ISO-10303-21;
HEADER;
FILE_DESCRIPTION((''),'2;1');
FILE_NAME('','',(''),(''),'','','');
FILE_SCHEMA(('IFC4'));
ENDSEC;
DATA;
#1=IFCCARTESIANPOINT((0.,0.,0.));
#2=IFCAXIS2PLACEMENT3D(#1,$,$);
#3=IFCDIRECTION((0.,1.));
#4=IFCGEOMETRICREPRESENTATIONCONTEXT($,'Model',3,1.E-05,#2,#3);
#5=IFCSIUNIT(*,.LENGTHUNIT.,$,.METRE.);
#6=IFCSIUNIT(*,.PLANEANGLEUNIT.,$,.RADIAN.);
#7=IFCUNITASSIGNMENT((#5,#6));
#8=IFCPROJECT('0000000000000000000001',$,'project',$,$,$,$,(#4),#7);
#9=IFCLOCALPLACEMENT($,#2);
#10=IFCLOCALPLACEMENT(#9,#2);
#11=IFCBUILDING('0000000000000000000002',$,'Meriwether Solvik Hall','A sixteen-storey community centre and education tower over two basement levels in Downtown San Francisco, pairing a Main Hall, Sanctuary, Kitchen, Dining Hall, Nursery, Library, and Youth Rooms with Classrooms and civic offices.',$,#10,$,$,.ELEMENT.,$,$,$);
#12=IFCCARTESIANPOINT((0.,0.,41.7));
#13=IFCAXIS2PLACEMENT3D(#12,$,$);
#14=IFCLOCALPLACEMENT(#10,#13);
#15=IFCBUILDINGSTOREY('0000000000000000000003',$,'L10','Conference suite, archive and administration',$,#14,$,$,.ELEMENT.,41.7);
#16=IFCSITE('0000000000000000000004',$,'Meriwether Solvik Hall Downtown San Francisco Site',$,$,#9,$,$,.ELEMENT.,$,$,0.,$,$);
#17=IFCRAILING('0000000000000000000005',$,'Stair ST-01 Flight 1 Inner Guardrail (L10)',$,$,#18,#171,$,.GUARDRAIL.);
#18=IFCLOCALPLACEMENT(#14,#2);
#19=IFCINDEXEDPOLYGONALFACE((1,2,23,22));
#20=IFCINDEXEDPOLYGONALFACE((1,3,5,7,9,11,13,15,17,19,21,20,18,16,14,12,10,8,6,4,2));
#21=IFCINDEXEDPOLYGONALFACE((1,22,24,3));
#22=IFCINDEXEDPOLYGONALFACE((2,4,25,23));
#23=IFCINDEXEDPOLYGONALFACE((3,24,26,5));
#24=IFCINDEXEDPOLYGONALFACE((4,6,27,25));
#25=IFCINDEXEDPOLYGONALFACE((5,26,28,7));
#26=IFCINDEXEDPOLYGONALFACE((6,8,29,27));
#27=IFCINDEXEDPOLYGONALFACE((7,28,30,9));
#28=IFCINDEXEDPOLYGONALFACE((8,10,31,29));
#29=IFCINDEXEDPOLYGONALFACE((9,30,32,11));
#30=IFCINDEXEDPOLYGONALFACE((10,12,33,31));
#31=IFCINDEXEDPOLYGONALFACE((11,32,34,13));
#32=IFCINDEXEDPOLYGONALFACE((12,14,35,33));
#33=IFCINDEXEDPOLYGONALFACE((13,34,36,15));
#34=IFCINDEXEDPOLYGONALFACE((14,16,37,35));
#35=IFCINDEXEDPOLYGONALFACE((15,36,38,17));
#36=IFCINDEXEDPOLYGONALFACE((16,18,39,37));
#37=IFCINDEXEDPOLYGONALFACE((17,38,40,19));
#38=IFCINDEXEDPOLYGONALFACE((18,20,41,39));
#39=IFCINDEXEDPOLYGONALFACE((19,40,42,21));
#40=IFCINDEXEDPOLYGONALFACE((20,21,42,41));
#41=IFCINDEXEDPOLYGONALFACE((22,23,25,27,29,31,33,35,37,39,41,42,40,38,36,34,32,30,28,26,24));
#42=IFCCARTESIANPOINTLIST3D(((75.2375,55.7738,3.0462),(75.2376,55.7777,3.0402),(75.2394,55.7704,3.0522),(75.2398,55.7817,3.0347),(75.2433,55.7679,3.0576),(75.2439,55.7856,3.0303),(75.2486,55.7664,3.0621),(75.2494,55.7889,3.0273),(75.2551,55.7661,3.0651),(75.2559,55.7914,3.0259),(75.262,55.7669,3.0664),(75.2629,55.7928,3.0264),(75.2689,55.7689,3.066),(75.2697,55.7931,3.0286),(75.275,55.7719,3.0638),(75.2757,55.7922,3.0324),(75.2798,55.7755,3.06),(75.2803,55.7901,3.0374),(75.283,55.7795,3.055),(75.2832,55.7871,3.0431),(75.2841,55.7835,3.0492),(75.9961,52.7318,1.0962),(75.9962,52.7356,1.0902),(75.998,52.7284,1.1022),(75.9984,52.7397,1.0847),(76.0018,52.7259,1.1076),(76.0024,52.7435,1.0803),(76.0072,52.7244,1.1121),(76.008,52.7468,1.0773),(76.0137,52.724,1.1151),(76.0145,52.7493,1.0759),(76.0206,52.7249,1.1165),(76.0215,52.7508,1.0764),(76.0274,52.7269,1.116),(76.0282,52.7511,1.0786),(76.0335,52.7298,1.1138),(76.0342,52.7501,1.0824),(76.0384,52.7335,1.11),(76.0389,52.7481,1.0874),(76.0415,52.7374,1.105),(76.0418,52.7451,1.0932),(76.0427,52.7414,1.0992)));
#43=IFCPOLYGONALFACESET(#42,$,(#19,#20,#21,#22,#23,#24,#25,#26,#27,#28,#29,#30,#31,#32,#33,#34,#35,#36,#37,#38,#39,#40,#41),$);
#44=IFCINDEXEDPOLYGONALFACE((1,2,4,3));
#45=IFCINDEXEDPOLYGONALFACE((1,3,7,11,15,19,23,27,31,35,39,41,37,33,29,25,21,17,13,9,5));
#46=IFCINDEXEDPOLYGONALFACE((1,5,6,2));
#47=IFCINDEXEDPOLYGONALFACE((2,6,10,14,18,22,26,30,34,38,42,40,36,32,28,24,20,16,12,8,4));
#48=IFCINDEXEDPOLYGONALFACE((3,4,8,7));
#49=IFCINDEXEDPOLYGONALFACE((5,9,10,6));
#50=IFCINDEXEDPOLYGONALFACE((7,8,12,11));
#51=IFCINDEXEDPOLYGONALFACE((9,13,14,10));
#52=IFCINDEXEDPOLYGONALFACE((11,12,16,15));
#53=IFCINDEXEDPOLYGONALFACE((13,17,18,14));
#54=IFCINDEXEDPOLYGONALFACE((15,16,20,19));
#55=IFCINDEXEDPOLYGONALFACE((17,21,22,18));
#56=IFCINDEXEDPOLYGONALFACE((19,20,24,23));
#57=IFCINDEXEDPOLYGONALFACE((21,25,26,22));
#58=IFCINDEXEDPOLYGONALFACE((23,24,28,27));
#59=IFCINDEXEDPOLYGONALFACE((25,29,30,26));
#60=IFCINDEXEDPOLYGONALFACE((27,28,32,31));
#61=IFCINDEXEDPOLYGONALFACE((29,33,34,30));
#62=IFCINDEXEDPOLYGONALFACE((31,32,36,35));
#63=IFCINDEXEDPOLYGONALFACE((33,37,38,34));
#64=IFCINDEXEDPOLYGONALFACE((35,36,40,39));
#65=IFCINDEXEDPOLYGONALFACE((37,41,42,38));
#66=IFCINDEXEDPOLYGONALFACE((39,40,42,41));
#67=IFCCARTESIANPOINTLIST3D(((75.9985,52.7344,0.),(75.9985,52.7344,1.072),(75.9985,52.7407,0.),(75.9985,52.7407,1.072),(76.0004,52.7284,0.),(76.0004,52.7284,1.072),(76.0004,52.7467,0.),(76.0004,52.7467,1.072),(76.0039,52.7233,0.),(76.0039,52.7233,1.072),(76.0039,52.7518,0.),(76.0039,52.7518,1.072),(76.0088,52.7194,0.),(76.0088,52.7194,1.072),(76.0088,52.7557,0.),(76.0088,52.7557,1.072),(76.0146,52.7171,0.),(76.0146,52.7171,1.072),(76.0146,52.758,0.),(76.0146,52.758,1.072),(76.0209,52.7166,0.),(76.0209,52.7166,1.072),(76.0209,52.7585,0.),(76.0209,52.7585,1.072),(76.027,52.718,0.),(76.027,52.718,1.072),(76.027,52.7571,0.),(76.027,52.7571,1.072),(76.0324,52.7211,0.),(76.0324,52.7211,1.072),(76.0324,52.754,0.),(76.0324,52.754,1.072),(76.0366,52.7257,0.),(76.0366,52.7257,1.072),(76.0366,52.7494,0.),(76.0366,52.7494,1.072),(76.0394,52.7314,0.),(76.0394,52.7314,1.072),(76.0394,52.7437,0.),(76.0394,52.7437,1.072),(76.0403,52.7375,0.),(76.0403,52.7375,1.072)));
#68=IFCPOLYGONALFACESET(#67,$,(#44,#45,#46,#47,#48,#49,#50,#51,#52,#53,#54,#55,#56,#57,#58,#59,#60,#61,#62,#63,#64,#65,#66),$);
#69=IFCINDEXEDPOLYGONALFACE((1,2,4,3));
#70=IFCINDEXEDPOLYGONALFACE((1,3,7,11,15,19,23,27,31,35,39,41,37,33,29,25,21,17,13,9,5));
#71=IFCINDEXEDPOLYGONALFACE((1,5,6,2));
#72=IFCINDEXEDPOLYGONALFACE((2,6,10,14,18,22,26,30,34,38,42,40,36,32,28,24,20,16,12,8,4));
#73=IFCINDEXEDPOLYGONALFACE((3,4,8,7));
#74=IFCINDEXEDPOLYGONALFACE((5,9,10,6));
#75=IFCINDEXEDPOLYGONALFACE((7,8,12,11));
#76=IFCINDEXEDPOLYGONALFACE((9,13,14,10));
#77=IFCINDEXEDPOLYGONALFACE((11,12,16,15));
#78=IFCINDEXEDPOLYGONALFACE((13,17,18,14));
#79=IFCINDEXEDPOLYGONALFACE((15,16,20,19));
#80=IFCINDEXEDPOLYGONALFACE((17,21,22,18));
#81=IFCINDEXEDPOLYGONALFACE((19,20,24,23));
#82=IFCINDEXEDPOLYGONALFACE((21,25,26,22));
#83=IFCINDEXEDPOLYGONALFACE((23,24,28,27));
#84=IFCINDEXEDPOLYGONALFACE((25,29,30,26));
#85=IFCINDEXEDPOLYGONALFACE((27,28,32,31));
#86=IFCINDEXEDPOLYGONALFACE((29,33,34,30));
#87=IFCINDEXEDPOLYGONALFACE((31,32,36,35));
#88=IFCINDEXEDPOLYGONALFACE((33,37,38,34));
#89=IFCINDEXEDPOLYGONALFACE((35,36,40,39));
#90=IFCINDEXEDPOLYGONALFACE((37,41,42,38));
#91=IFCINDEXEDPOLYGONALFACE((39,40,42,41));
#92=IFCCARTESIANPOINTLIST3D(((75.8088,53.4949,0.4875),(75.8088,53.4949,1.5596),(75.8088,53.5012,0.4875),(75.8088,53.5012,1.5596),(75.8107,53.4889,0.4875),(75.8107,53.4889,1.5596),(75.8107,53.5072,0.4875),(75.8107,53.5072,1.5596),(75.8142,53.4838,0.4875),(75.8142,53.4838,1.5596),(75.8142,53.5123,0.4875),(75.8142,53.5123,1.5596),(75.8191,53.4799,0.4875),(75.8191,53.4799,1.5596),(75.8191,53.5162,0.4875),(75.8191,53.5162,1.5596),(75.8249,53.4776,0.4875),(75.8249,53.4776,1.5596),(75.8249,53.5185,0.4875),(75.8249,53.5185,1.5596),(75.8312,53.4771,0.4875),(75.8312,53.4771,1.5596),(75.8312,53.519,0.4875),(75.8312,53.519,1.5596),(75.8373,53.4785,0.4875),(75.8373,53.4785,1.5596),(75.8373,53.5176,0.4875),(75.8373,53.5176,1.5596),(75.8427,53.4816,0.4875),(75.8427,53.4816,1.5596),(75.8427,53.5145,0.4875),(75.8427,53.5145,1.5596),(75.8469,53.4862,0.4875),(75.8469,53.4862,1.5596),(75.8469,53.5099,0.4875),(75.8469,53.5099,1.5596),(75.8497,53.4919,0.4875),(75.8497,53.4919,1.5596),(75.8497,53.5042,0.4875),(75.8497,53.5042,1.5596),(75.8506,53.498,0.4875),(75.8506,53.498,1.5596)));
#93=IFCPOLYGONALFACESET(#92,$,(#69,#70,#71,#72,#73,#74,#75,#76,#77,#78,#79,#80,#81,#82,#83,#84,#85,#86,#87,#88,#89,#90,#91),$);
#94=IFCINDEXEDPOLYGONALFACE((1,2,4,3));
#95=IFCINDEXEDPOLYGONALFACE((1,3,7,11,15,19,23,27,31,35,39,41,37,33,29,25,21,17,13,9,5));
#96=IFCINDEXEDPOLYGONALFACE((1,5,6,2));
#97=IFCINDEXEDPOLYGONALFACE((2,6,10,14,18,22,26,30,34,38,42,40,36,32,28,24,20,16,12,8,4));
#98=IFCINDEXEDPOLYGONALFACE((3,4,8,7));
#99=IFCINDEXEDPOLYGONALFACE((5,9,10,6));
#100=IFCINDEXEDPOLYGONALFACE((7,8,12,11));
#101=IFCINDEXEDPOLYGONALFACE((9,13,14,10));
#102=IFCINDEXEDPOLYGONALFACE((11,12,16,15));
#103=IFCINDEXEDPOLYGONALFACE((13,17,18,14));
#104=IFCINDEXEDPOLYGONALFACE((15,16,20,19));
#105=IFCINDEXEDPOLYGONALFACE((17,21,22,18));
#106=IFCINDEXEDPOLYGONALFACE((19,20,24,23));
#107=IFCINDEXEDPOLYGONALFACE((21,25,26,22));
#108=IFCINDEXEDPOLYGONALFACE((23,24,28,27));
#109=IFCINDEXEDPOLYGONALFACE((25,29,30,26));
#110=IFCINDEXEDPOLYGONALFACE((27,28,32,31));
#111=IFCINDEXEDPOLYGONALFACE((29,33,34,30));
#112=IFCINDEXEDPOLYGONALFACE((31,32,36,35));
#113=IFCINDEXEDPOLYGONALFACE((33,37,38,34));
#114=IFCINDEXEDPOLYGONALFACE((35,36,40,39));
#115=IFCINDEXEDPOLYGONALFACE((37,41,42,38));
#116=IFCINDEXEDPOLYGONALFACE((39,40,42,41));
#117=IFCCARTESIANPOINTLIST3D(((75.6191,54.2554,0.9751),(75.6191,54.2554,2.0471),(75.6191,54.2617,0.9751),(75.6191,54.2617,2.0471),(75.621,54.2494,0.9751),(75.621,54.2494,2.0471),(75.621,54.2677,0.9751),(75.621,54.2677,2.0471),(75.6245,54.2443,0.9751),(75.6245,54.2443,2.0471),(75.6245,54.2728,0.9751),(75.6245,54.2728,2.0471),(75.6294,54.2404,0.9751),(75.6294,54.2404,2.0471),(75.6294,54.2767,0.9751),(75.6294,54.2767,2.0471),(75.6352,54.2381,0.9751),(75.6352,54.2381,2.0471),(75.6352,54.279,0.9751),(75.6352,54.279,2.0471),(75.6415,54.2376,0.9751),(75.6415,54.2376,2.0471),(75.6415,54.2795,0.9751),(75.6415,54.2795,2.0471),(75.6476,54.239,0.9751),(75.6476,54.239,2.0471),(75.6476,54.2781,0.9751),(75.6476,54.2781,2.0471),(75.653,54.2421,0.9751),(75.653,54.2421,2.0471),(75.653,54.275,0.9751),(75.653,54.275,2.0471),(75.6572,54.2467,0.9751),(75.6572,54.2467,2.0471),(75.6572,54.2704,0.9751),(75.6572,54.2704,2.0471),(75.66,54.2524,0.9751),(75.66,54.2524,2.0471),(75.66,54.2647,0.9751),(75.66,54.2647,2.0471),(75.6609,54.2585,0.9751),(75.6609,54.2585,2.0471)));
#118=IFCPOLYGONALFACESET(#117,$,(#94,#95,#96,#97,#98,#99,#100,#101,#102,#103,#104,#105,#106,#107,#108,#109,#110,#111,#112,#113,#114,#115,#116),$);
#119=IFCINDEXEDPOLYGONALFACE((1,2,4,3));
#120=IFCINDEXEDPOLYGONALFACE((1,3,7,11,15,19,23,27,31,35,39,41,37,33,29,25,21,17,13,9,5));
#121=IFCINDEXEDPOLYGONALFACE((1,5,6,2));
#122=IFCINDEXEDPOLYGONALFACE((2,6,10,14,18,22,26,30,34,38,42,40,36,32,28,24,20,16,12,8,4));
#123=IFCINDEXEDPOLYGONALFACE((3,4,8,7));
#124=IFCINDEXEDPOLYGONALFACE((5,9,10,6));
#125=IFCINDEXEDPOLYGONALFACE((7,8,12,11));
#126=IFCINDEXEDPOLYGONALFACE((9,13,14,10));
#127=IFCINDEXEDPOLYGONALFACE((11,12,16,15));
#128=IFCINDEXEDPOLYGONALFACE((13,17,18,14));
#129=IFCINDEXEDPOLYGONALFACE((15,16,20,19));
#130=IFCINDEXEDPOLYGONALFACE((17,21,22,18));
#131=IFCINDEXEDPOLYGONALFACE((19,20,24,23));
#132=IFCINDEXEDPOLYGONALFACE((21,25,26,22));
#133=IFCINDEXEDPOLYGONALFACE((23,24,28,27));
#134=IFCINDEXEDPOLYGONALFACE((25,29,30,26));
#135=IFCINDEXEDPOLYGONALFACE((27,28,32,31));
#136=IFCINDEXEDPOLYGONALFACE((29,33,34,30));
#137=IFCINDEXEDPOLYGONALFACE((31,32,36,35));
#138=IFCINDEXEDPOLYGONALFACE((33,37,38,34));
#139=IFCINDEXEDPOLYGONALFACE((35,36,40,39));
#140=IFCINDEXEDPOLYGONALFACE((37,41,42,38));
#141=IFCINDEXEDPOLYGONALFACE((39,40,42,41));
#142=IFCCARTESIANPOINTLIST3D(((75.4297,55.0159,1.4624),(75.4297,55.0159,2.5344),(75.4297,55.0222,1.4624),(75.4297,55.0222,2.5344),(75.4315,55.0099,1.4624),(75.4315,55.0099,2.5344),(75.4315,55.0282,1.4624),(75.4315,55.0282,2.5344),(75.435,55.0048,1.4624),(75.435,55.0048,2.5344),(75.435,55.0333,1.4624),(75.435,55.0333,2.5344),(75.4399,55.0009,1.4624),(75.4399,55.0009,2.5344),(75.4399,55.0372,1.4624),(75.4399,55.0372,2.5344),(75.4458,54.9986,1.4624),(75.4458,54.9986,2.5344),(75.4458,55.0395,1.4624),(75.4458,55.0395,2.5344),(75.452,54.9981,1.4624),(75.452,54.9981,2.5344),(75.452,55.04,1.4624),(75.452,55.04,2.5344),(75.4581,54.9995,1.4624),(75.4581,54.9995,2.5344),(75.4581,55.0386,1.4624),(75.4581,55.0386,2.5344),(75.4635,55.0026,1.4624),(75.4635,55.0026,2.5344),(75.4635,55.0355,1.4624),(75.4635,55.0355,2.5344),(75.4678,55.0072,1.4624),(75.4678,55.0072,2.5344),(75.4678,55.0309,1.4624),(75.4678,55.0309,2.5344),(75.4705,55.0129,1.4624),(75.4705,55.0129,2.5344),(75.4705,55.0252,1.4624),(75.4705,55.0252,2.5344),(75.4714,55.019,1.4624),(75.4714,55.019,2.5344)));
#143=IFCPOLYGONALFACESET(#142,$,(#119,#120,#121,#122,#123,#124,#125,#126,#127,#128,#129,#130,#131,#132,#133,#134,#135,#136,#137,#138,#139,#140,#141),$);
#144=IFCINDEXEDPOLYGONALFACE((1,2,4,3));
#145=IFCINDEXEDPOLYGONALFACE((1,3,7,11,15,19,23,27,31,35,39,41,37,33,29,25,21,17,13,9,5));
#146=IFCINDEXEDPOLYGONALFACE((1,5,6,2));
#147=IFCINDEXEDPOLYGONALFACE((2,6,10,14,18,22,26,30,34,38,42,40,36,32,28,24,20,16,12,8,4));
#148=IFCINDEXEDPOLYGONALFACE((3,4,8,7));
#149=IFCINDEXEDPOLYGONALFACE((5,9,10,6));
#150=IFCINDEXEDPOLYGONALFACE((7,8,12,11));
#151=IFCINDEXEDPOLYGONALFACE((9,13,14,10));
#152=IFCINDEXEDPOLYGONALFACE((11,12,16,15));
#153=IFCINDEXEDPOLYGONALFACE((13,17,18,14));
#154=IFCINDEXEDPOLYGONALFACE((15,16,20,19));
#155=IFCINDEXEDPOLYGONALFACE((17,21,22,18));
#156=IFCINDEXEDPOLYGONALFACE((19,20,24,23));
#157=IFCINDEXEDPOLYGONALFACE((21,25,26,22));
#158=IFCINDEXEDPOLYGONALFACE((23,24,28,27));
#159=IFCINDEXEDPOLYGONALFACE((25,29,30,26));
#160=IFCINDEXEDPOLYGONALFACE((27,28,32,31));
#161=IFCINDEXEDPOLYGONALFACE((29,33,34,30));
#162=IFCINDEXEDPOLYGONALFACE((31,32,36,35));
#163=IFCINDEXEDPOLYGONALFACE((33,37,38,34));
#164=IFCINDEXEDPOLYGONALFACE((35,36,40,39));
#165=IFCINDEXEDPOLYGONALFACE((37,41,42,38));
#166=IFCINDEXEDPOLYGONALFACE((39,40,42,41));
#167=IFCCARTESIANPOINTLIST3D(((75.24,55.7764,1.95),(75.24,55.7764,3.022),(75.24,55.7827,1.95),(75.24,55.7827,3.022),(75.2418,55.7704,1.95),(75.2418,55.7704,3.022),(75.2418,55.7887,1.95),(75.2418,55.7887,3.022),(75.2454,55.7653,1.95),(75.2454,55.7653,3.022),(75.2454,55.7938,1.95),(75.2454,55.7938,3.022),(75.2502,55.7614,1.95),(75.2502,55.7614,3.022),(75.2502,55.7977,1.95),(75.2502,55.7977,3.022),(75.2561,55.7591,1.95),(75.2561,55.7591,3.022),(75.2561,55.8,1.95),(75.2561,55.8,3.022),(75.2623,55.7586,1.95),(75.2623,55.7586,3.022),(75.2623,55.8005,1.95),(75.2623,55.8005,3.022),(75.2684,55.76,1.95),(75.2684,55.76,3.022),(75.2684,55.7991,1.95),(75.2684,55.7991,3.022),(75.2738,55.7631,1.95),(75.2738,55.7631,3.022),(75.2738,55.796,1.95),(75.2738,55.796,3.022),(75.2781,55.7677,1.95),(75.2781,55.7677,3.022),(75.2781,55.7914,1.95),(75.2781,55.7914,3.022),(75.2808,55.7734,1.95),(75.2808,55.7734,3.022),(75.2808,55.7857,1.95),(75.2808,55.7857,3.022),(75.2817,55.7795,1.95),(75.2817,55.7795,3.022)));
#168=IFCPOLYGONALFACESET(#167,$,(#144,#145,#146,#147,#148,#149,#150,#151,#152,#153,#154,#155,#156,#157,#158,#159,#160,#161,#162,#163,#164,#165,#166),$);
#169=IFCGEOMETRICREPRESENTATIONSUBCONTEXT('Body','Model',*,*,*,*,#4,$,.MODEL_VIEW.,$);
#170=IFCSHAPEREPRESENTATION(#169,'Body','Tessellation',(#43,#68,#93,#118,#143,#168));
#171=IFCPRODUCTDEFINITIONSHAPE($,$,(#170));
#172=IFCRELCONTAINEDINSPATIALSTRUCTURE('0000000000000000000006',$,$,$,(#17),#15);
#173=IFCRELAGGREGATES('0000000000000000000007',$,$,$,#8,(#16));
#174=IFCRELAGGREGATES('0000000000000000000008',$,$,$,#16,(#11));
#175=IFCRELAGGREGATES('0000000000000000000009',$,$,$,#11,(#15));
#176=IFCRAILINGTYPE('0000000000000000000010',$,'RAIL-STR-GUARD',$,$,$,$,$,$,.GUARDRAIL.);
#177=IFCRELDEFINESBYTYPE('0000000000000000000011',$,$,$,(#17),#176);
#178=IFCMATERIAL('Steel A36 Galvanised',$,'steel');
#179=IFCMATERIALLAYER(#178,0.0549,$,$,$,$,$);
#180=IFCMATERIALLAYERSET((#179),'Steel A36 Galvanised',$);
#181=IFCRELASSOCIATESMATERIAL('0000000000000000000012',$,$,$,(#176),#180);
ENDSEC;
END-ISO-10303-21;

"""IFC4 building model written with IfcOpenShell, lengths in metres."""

from ifc_helpers import new_model, si_unit, direction, frame, origin, origin_2d, place, context, subcontext, project, spatial, circle, extrude, material, layer, layer_set, type_object, element, save


model = new_model("IFC4")

# Units and contexts
model_context = context("Model", 3, precision=1e-05, world=origin(), true_north=direction((0.0, 1.0)))
body_context = subcontext(model_context, "Body", "Model", "MODEL_VIEW")
ifc_project = project(units=[si_unit("LENGTHUNIT", "METRE"), si_unit("PLANEANGLEUNIT", "RADIAN")], contexts=[model_context])

# Site, building, storey
site_placement = place(None, origin())
site = spatial("IfcSite", under=ifc_project, at=site_placement, Name="Meriwether Solvik Hall Downtown San Francisco Site", CompositionType="ELEMENT", RefElevation=0.0)
building_placement = place(site_placement, origin())
building = spatial("IfcBuilding", under=site, at=building_placement, Name="Meriwether Solvik Hall", Description="A sixteen-storey community centre and education tower over two basement levels in Downtown San Francisco, pairing a Main Hall, Sanctuary, Kitchen, Dining Hall, Nursery, Library, and Youth Rooms with Classrooms and civic offices.", CompositionType="ELEMENT")
storey_placement = place(building_placement, frame((0.0, 0.0, 41.7)))
storey = spatial("IfcBuildingStorey", under=building, at=storey_placement, Name="L10", Description="Conference suite, archive and administration", CompositionType="ELEMENT", Elevation=41.7)

# Railing
ifc_material_1 = material(Name="Steel A36 Galvanised", Category="steel")
ifc_layer_1 = layer(ifc_material_1, 0.0549)
ifc_layer_set_1 = layer_set([ifc_layer_1], Name="Steel A36 Galvanised")
railing_type_1 = type_object("IfcRailingType", Name="RAIL-STR-GUARD", PredefinedType="GUARDRAIL", material=ifc_layer_set_1)
railing_1_placement = place(storey_placement, frame((76.0193, 52.7375, 0.0)))
element("IfcRailing", 1, at=railing_1_placement, inside=storey, type_object=railing_type_1, Name="Stair ST-01 Flight 1 Inner Guardrail (L10)", PredefinedType="GUARDRAIL", context=body_context, shape_type="SweptSolid", body=[
    extrude(circle(Radius=0.0239, at=origin_2d()), frame((0.0, 0.0, 1.0962), z_axis=(-0.205452, 0.823925, 0.528145), x_axis=(-0.970289, -0.241949, 0.0)), (0.0, 0.0, 1.0), 3.6921),
    extrude(circle(Radius=0.021, at=origin_2d()), origin(), (0.0, 0.0, 1.0), 1.072),
    extrude(circle(Radius=0.021, at=origin_2d()), frame((-0.1897, 0.7605, 0.4875)), (0.0, 0.0, 1.0), 1.072),
    extrude(circle(Radius=0.021, at=origin_2d()), frame((-0.3794, 1.521, 0.9751)), (0.0, 0.0, 1.0), 1.072),
    extrude(circle(Radius=0.021, at=origin_2d()), frame((-0.5688, 2.2815, 1.4624)), (0.0, 0.0, 1.0), 1.072),
    extrude(circle(Radius=0.021, at=origin_2d()), frame((-0.7585, 3.042, 1.95)), (0.0, 0.0, 1.0), 1.072),
])

save(model, "model.ifc")
